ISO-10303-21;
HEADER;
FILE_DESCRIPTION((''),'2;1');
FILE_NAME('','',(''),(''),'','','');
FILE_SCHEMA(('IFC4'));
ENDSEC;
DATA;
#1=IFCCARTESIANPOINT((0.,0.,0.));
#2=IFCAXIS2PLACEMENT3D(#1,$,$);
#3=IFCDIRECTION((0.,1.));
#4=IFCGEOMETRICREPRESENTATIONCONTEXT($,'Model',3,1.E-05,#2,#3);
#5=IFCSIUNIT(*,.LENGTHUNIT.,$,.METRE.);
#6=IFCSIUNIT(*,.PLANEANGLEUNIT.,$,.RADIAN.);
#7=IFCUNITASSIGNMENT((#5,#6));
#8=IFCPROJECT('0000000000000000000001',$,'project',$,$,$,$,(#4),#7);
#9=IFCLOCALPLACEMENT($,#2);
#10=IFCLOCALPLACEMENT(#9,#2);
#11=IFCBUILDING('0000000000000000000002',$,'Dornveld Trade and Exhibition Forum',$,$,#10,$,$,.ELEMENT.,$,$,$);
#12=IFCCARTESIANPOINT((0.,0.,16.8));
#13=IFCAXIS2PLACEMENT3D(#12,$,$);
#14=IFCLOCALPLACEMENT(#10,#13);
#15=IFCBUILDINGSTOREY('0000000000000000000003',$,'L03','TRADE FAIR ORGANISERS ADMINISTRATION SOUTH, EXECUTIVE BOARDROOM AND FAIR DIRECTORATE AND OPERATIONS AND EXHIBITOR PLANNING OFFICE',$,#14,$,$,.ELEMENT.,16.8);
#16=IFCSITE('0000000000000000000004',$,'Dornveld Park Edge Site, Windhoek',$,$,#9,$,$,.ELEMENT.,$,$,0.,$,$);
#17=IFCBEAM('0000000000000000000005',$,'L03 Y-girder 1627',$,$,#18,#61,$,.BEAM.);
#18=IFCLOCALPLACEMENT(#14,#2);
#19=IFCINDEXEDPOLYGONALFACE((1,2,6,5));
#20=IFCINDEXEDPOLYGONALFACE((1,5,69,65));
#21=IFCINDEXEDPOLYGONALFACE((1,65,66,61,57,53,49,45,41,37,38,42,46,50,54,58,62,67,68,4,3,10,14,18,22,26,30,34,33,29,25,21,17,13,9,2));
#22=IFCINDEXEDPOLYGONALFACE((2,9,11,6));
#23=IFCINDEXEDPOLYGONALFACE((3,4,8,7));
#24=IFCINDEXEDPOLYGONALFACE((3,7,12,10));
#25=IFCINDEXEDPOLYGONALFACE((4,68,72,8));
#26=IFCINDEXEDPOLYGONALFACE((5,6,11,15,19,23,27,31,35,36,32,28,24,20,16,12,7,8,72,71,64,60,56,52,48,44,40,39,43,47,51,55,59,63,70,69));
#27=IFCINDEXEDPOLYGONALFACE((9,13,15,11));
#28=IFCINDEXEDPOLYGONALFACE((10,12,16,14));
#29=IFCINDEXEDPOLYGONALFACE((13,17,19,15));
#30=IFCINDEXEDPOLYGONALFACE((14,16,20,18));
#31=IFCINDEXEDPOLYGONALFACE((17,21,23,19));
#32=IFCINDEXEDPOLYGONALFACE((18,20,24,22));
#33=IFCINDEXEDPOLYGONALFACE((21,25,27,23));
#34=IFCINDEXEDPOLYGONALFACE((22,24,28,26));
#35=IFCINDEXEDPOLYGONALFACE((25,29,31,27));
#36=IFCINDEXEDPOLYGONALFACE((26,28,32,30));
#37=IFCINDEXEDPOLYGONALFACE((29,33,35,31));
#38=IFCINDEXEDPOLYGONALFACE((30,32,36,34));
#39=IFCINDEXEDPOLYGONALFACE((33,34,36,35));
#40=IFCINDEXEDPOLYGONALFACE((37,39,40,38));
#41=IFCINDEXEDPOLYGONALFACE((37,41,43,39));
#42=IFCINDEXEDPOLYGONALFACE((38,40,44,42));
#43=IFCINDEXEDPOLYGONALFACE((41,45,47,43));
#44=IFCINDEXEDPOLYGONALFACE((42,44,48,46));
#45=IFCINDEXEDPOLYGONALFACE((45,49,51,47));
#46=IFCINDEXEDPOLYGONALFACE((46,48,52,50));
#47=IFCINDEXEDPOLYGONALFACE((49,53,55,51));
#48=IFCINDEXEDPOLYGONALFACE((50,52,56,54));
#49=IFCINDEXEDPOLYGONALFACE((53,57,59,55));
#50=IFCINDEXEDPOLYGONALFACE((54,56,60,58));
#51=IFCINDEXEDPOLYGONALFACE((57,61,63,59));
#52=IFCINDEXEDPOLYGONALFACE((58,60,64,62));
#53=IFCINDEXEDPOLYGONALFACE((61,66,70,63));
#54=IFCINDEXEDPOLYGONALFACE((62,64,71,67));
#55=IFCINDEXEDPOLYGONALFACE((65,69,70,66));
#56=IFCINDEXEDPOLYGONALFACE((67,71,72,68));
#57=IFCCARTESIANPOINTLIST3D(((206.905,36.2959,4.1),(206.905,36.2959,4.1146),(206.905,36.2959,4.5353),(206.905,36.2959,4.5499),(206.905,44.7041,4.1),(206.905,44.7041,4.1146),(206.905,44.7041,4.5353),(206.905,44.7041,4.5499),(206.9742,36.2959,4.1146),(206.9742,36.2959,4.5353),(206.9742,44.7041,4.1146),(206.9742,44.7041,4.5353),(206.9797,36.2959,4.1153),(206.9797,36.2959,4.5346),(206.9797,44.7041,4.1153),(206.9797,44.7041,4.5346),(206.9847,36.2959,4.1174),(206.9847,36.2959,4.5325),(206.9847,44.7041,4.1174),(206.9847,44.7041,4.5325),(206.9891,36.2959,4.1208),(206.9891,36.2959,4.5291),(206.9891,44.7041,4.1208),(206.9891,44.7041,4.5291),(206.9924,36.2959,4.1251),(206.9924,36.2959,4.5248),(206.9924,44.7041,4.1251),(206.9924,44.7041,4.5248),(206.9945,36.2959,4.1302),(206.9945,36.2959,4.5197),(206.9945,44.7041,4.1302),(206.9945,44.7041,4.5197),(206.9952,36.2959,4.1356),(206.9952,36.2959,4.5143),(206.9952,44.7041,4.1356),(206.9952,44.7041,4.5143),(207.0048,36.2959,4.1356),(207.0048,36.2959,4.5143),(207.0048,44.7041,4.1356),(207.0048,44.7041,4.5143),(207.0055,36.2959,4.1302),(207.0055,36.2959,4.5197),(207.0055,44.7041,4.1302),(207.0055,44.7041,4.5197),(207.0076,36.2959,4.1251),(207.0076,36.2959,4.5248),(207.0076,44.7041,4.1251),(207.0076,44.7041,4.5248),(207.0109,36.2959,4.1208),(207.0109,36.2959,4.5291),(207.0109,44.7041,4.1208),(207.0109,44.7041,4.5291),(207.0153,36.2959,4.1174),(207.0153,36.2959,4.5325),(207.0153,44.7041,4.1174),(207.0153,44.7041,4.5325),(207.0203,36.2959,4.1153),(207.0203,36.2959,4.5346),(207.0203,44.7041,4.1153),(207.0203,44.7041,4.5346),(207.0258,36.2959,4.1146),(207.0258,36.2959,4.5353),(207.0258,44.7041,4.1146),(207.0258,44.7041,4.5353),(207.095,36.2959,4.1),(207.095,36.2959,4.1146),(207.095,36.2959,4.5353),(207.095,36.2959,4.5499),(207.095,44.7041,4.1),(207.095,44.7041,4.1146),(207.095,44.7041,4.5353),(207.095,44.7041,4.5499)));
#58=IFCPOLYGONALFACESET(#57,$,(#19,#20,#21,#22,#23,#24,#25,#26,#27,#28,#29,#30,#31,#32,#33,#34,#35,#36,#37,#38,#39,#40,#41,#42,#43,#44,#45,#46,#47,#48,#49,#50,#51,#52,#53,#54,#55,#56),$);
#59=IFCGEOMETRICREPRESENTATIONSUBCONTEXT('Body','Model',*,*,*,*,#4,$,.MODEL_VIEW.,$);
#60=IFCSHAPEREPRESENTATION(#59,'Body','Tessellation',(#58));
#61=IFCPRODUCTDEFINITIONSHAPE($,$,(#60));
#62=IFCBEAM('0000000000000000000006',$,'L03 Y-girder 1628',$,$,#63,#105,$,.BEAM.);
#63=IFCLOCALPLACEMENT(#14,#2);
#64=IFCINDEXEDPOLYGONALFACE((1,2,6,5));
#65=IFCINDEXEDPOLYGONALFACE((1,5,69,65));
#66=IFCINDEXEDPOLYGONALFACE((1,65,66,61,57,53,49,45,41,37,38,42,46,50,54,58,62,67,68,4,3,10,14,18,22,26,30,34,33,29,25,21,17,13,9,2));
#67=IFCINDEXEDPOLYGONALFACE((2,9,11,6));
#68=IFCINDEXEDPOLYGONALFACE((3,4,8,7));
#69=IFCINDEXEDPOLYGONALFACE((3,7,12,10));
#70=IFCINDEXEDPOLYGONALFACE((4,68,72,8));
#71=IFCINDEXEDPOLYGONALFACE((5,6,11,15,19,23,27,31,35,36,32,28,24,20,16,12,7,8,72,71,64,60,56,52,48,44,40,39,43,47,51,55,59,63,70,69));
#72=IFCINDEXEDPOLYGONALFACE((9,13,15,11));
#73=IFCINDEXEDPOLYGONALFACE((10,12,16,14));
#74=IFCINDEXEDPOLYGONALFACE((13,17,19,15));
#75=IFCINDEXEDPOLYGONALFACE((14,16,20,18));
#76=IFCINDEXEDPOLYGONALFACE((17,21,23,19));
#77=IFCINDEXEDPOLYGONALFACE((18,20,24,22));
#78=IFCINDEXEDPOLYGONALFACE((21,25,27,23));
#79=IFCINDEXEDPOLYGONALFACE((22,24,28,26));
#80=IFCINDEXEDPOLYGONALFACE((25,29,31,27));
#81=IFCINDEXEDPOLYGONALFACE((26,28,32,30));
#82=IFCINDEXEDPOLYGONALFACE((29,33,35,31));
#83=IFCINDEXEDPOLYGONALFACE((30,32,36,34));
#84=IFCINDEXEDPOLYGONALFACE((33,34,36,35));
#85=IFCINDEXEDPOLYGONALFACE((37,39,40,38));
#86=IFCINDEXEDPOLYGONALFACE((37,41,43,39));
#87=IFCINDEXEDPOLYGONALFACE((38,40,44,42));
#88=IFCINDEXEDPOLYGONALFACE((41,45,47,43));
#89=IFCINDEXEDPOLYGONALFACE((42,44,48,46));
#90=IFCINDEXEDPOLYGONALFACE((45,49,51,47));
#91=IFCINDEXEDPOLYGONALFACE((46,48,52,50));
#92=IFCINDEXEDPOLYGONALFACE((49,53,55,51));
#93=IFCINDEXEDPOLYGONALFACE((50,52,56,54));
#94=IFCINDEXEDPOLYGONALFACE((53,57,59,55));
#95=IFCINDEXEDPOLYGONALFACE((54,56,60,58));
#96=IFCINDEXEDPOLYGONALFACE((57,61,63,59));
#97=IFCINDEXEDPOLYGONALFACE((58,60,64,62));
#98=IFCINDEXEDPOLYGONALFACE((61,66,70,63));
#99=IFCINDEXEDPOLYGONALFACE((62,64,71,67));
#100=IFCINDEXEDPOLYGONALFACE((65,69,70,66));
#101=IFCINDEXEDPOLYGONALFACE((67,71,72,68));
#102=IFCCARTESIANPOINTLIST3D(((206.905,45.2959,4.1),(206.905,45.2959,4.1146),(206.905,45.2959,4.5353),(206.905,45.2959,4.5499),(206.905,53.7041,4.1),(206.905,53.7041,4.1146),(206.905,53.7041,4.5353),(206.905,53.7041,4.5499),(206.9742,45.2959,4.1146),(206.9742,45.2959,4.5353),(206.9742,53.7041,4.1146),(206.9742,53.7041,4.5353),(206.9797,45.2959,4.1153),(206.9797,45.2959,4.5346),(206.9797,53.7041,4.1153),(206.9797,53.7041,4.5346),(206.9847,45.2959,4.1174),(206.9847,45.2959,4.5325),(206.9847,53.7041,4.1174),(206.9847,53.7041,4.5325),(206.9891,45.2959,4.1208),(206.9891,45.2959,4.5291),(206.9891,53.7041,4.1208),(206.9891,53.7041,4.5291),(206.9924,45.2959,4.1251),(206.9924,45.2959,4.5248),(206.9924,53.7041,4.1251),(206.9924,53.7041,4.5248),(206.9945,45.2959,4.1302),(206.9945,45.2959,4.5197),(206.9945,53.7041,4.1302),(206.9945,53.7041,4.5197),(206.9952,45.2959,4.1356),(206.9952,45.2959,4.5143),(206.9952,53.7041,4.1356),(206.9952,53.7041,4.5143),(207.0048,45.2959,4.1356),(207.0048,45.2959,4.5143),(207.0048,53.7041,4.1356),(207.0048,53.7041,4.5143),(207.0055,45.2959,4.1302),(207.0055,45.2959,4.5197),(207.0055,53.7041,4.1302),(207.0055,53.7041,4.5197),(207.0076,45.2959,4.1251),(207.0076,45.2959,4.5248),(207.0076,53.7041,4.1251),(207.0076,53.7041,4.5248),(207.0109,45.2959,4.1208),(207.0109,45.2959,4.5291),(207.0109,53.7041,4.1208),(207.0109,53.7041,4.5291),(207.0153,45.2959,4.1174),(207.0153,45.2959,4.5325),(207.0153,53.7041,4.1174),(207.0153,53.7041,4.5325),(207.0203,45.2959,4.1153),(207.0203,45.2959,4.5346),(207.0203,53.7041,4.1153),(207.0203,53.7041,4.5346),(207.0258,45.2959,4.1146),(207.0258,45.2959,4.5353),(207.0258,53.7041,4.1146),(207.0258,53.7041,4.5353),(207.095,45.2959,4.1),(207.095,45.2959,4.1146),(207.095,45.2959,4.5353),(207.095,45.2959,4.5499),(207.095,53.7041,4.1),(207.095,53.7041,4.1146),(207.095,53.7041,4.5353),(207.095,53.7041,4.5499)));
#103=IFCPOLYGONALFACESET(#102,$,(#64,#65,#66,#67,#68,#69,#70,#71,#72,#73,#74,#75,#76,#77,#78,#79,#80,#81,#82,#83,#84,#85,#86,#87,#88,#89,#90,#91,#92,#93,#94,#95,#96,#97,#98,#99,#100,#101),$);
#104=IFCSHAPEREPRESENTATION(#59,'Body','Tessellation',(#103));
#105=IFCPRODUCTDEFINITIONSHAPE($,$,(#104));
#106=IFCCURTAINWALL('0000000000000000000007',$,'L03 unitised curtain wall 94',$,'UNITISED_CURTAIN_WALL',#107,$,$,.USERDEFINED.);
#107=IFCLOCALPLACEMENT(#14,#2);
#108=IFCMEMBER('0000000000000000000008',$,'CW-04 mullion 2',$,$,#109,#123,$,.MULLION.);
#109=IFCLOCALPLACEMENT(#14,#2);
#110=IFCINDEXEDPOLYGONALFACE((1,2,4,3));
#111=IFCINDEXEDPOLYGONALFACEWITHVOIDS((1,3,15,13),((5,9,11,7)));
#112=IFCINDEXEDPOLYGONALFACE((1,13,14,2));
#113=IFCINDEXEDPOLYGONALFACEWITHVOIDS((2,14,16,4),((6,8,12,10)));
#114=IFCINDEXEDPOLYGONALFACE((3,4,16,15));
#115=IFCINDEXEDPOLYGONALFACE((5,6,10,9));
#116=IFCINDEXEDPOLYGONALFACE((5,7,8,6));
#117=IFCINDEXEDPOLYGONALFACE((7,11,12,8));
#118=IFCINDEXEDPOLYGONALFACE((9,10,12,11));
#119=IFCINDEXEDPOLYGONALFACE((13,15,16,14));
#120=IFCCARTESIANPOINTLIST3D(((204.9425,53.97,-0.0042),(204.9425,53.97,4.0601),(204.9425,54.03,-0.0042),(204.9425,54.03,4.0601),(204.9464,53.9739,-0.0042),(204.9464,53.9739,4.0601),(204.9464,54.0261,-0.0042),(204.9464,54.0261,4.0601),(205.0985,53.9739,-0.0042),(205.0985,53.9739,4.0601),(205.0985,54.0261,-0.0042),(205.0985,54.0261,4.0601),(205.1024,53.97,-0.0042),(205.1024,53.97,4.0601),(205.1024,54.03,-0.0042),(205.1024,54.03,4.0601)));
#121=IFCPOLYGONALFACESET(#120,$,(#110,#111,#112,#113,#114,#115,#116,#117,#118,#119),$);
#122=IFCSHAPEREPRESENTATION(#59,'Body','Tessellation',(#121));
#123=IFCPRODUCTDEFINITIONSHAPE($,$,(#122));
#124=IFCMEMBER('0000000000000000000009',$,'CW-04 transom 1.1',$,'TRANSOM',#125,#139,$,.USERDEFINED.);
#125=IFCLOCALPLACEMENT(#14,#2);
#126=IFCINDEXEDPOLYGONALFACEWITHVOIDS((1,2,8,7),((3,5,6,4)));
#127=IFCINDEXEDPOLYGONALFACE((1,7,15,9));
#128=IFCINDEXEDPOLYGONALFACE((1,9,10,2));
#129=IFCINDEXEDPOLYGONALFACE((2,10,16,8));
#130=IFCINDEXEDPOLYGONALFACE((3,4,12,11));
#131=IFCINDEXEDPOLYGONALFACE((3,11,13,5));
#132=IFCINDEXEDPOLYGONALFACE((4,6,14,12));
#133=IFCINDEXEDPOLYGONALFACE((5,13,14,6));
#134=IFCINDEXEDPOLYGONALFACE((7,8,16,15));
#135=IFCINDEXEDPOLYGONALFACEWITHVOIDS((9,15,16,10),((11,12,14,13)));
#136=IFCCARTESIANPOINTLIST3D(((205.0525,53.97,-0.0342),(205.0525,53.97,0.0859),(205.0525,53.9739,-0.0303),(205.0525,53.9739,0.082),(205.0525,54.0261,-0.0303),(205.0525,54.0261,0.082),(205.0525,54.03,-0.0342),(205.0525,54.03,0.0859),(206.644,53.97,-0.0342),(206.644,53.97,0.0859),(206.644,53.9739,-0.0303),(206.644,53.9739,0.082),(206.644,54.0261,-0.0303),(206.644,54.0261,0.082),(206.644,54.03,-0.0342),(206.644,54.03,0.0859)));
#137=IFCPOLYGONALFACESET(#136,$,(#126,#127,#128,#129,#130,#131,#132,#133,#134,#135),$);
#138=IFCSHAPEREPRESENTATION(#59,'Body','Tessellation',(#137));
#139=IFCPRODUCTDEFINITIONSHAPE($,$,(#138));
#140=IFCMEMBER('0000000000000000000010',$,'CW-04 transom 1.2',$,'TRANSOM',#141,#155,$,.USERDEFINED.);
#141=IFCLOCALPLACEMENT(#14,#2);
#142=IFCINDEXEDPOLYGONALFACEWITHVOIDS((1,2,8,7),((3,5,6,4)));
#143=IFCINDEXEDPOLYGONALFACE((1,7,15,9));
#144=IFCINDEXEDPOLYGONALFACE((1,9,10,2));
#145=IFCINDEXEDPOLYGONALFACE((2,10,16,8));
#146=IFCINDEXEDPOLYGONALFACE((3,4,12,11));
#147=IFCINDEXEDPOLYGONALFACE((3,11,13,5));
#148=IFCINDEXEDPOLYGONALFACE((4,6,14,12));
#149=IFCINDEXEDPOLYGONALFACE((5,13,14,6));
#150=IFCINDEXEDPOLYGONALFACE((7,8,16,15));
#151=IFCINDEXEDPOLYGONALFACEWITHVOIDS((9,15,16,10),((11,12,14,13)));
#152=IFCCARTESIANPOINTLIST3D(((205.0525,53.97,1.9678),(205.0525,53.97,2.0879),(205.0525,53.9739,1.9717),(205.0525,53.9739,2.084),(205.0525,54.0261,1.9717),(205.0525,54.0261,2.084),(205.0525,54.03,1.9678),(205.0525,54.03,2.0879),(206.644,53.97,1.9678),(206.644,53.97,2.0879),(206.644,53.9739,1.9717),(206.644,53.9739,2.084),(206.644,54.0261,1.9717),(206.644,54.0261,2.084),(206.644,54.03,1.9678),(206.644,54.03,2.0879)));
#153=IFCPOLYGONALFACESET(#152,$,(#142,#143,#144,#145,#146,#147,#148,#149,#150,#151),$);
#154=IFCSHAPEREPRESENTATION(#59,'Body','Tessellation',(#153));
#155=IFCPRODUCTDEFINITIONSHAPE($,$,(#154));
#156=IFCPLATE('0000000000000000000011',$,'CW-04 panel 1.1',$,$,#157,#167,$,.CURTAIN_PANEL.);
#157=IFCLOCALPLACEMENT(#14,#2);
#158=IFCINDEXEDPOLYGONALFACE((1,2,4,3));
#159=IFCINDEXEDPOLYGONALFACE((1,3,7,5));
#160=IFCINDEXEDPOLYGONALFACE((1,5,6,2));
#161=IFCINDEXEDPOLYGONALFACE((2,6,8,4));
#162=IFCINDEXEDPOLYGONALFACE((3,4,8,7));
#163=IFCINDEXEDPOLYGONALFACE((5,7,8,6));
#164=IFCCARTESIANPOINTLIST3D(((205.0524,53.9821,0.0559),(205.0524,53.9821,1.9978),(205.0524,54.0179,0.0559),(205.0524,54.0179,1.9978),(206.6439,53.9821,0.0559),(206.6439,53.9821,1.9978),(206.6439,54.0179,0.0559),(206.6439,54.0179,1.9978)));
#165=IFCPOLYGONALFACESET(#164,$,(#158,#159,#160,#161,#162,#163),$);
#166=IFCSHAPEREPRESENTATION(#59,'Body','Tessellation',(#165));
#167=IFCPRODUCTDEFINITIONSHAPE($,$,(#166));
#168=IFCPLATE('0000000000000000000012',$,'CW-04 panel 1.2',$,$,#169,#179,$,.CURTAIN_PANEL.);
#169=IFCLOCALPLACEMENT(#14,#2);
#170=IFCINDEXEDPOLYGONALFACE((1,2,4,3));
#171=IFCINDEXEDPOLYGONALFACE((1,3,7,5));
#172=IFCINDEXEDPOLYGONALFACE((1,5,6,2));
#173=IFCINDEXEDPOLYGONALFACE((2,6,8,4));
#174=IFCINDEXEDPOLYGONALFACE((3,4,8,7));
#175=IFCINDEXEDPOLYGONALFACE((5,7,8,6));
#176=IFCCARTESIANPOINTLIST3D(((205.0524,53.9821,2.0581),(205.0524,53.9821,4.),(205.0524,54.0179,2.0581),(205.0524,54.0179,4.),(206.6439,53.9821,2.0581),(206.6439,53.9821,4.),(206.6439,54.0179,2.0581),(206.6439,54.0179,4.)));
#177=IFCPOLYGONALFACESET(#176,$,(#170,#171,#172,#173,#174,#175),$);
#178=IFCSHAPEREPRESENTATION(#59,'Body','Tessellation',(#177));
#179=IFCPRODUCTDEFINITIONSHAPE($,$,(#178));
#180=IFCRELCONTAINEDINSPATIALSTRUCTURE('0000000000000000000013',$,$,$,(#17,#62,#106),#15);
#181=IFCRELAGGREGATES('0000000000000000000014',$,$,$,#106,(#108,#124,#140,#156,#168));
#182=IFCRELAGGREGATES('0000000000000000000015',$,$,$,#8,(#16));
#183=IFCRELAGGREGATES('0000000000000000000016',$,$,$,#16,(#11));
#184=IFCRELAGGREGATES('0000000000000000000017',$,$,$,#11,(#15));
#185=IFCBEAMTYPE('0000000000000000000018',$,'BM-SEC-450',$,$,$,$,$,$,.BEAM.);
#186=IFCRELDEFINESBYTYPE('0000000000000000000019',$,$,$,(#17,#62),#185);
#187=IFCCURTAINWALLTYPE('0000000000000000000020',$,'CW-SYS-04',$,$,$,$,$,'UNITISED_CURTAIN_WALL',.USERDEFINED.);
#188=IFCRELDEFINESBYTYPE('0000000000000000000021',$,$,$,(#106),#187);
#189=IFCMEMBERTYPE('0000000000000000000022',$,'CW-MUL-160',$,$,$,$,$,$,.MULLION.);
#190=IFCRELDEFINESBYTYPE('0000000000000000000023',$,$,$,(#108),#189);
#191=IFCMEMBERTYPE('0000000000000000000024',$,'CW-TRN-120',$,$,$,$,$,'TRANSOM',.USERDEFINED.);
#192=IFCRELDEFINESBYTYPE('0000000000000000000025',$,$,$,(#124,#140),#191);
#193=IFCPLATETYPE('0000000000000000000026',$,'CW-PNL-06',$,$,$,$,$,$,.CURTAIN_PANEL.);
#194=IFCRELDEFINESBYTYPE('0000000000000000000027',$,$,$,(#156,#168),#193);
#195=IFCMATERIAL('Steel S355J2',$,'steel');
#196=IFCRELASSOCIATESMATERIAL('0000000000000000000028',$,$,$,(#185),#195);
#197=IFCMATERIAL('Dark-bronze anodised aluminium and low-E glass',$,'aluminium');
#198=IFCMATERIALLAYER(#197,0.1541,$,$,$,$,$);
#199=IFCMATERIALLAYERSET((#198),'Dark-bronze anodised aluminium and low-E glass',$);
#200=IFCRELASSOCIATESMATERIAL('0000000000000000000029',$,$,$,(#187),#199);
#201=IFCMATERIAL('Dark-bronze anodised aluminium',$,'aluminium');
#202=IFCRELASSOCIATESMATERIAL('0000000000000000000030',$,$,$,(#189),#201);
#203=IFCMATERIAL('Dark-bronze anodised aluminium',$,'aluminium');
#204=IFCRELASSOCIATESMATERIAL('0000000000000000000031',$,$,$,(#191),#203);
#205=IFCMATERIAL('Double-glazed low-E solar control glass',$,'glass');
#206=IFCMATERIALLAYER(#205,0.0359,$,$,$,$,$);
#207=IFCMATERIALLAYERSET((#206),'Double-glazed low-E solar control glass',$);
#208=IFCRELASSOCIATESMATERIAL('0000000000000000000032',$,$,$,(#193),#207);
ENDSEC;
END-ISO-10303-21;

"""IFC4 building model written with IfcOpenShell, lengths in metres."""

from ifc_helpers import new_model, si_unit, direction, frame, origin, origin_2d, place, context, subcontext, project, spatial, rectangle, hollow_rectangle, i_section, extrude, material, layer, layer_set, material_profile, profile_set, type_object, element, aggregate, save


model = new_model("IFC4")

# Units and contexts
model_context = context("Model", 3, precision=1e-05, world=origin(), true_north=direction((0.0, 1.0)))
body_context = subcontext(model_context, "Body", "Model", "MODEL_VIEW")
ifc_project = project(units=[si_unit("LENGTHUNIT", "METRE"), si_unit("PLANEANGLEUNIT", "RADIAN")], contexts=[model_context])

# Site, building, storey
site_placement = place(None, origin())
site = spatial("IfcSite", under=ifc_project, at=site_placement, Name="Dornveld Park Edge Site, Windhoek", CompositionType="ELEMENT", RefElevation=0.0)
building_placement = place(site_placement, origin())
building = spatial("IfcBuilding", under=site, at=building_placement, Name="Dornveld Trade and Exhibition Forum", CompositionType="ELEMENT")
storey_placement = place(building_placement, frame((0.0, 0.0, 16.8)))
storey = spatial("IfcBuildingStorey", under=building, at=storey_placement, Name="L03", Description="TRADE FAIR ORGANISERS ADMINISTRATION SOUTH, EXECUTIVE BOARDROOM AND FAIR DIRECTORATE AND OPERATIONS AND EXHIBITOR PLANNING OFFICE", CompositionType="ELEMENT", Elevation=16.8)

# Beams
ifc_material_1 = material(Name="Steel S355J2", Category="steel")
ifc_material_profile_1 = material_profile(ifc_material_1, i_section(OverallWidth=0.1899, OverallDepth=0.45, WebThickness=0.0095, FlangeThickness=0.0146, FilletRadius=0.021, at=origin_2d()), Name="IPE 450")
ifc_profile_set_1 = profile_set([ifc_material_profile_1], Name="Steel S355J2")
beam_type = type_object("IfcBeamType", Name="BM-SEC-450", PredefinedType="BEAM", material=ifc_profile_set_1)
for number, where, z_axis, x_axis, name in (
    (1, (207.0, 36.2959, 4.325), (0.0, 1.0, 0.0), (-1.0, 0.0, 0.0), "L03 Y-girder 1627"),
    (2, (207.0, 45.2959, 4.325), (0.0, 1.0, 0.0), (-1.0, 0.0, 0.0), "L03 Y-girder 1628"),
):
    element("IfcBeam", number, at=place(storey_placement, frame(where, z_axis=z_axis, x_axis=x_axis)), inside=storey, type_object=beam_type, Name=name, PredefinedType="BEAM", context=body_context, shape_type="SweptSolid", body=[
        extrude(i_section(OverallWidth=0.1899, OverallDepth=0.45, WebThickness=0.0095, FlangeThickness=0.0146, FilletRadius=0.021, at=origin_2d()), origin(), (0.0, 0.0, 1.0), 8.4082),
    ])

# Curtain wall, members, plates
ifc_material_2 = material(Name="Dark-bronze anodised aluminium and low-E glass", Category="aluminium")
ifc_layer_1 = layer(ifc_material_2, 0.1541)
ifc_layer_set_1 = layer_set([ifc_layer_1], Name="Dark-bronze anodised aluminium and low-E glass")
curtain_wall_type = type_object("IfcCurtainWallType", Name="CW-SYS-04", ElementType="UNITISED_CURTAIN_WALL", PredefinedType="USERDEFINED", material=ifc_layer_set_1)
curtain_wall_placement = place(storey_placement, origin())
curtain_wall = element("IfcCurtainWall", 3, at=curtain_wall_placement, inside=storey, type_object=curtain_wall_type, Name="L03 unitised curtain wall 94", ObjectType="UNITISED_CURTAIN_WALL", PredefinedType="USERDEFINED")
ifc_material_3 = material(Name="Dark-bronze anodised aluminium", Category="aluminium")
ifc_material_profile_2 = material_profile(ifc_material_3, hollow_rectangle(XDim=0.0601, YDim=0.1599, WallThickness=0.0039, at=origin_2d()), Name="RHS 160x60x4")
ifc_profile_set_2 = profile_set([ifc_material_profile_2], Name="Dark-bronze anodised aluminium")
member_type_1 = type_object("IfcMemberType", Name="CW-MUL-160", PredefinedType="MULLION", material=ifc_profile_set_2)
member_1_placement = place(storey_placement, frame((205.0225, 54.0, -0.0042), z_axis=(0.0, 0.0, 1.0), x_axis=(0.0, -1.0, 0.0)))
member_1 = element("IfcMember", 4, at=member_1_placement, type_object=member_type_1, Name="CW-04 mullion 2", PredefinedType="MULLION", context=body_context, shape_type="SweptSolid", body=[
    extrude(hollow_rectangle(XDim=0.0601, YDim=0.1599, WallThickness=0.0039, at=origin_2d()), origin(), (0.0, 0.0, 1.0), 4.0642),
])
ifc_material_4 = material(Name="Dark-bronze anodised aluminium", Category="aluminium")
ifc_material_profile_3 = material_profile(ifc_material_4, hollow_rectangle(XDim=0.0601, YDim=0.1201, WallThickness=0.0039, at=origin_2d()), Name="RHS 120x60x4")
ifc_profile_set_3 = profile_set([ifc_material_profile_3], Name="Dark-bronze anodised aluminium")
member_type_2 = type_object("IfcMemberType", Name="CW-TRN-120", ElementType="TRANSOM", PredefinedType="USERDEFINED", material=ifc_profile_set_3)
member_2_placement = place(storey_placement, frame((206.644, 54.0, 0.0259), z_axis=(-1.0, 0.0, 0.0), x_axis=(0.0, -1.0, 0.0)))
member_2 = element("IfcMember", 5, at=member_2_placement, type_object=member_type_2, Name="CW-04 transom 1.1", ObjectType="TRANSOM", PredefinedType="USERDEFINED", context=body_context, shape_type="SweptSolid", body=[
    extrude(hollow_rectangle(XDim=0.0601, YDim=0.1201, WallThickness=0.0039, at=origin_2d()), origin(), (0.0, 0.0, 1.0), 1.5916),
])
member_3_placement = place(storey_placement, frame((206.644, 54.0, 2.0278), z_axis=(-1.0, 0.0, 0.0), x_axis=(0.0, -1.0, 0.0)))
member_3 = element("IfcMember", 6, at=member_3_placement, type_object=member_type_2, Name="CW-04 transom 1.2", ObjectType="TRANSOM", PredefinedType="USERDEFINED", context=body_context, shape_type="SweptSolid", body=[
    extrude(hollow_rectangle(XDim=0.0601, YDim=0.1201, WallThickness=0.0039, at=origin_2d()), origin(), (0.0, 0.0, 1.0), 1.5916),
])
ifc_material_5 = material(Name="Double-glazed low-E solar control glass", Category="glass")
ifc_layer_2 = layer(ifc_material_5, 0.0359)
ifc_layer_set_2 = layer_set([ifc_layer_2], Name="Double-glazed low-E solar control glass")
plate_type = type_object("IfcPlateType", Name="CW-PNL-06", PredefinedType="CURTAIN_PANEL", material=ifc_layer_set_2)
plate_1_placement = place(storey_placement, frame((205.8481, 54.0, 0.0559), z_axis=(0.0, 0.0, 1.0), x_axis=(-1.0, 0.0, 0.0)))
plate_1 = element("IfcPlate", 7, at=plate_1_placement, type_object=plate_type, Name="CW-04 panel 1.1", PredefinedType="CURTAIN_PANEL", context=body_context, shape_type="SweptSolid", body=[
    extrude(rectangle(XDim=1.5916, YDim=0.0359, at=origin_2d()), origin(), (0.0, 0.0, 1.0), 1.9419),
])
plate_2_placement = place(storey_placement, frame((205.8481, 54.0, 2.0581), z_axis=(0.0, 0.0, 1.0), x_axis=(-1.0, 0.0, 0.0)))
plate_2 = element("IfcPlate", 8, at=plate_2_placement, type_object=plate_type, Name="CW-04 panel 1.2", PredefinedType="CURTAIN_PANEL", context=body_context, shape_type="SweptSolid", body=[
    extrude(rectangle(XDim=1.5916, YDim=0.0359, at=origin_2d()), origin(), (0.0, 0.0, 1.0), 1.9419),
])
aggregate(curtain_wall, [member_1, member_2, member_3, plate_1, plate_2])

save(model, "model.ifc")
